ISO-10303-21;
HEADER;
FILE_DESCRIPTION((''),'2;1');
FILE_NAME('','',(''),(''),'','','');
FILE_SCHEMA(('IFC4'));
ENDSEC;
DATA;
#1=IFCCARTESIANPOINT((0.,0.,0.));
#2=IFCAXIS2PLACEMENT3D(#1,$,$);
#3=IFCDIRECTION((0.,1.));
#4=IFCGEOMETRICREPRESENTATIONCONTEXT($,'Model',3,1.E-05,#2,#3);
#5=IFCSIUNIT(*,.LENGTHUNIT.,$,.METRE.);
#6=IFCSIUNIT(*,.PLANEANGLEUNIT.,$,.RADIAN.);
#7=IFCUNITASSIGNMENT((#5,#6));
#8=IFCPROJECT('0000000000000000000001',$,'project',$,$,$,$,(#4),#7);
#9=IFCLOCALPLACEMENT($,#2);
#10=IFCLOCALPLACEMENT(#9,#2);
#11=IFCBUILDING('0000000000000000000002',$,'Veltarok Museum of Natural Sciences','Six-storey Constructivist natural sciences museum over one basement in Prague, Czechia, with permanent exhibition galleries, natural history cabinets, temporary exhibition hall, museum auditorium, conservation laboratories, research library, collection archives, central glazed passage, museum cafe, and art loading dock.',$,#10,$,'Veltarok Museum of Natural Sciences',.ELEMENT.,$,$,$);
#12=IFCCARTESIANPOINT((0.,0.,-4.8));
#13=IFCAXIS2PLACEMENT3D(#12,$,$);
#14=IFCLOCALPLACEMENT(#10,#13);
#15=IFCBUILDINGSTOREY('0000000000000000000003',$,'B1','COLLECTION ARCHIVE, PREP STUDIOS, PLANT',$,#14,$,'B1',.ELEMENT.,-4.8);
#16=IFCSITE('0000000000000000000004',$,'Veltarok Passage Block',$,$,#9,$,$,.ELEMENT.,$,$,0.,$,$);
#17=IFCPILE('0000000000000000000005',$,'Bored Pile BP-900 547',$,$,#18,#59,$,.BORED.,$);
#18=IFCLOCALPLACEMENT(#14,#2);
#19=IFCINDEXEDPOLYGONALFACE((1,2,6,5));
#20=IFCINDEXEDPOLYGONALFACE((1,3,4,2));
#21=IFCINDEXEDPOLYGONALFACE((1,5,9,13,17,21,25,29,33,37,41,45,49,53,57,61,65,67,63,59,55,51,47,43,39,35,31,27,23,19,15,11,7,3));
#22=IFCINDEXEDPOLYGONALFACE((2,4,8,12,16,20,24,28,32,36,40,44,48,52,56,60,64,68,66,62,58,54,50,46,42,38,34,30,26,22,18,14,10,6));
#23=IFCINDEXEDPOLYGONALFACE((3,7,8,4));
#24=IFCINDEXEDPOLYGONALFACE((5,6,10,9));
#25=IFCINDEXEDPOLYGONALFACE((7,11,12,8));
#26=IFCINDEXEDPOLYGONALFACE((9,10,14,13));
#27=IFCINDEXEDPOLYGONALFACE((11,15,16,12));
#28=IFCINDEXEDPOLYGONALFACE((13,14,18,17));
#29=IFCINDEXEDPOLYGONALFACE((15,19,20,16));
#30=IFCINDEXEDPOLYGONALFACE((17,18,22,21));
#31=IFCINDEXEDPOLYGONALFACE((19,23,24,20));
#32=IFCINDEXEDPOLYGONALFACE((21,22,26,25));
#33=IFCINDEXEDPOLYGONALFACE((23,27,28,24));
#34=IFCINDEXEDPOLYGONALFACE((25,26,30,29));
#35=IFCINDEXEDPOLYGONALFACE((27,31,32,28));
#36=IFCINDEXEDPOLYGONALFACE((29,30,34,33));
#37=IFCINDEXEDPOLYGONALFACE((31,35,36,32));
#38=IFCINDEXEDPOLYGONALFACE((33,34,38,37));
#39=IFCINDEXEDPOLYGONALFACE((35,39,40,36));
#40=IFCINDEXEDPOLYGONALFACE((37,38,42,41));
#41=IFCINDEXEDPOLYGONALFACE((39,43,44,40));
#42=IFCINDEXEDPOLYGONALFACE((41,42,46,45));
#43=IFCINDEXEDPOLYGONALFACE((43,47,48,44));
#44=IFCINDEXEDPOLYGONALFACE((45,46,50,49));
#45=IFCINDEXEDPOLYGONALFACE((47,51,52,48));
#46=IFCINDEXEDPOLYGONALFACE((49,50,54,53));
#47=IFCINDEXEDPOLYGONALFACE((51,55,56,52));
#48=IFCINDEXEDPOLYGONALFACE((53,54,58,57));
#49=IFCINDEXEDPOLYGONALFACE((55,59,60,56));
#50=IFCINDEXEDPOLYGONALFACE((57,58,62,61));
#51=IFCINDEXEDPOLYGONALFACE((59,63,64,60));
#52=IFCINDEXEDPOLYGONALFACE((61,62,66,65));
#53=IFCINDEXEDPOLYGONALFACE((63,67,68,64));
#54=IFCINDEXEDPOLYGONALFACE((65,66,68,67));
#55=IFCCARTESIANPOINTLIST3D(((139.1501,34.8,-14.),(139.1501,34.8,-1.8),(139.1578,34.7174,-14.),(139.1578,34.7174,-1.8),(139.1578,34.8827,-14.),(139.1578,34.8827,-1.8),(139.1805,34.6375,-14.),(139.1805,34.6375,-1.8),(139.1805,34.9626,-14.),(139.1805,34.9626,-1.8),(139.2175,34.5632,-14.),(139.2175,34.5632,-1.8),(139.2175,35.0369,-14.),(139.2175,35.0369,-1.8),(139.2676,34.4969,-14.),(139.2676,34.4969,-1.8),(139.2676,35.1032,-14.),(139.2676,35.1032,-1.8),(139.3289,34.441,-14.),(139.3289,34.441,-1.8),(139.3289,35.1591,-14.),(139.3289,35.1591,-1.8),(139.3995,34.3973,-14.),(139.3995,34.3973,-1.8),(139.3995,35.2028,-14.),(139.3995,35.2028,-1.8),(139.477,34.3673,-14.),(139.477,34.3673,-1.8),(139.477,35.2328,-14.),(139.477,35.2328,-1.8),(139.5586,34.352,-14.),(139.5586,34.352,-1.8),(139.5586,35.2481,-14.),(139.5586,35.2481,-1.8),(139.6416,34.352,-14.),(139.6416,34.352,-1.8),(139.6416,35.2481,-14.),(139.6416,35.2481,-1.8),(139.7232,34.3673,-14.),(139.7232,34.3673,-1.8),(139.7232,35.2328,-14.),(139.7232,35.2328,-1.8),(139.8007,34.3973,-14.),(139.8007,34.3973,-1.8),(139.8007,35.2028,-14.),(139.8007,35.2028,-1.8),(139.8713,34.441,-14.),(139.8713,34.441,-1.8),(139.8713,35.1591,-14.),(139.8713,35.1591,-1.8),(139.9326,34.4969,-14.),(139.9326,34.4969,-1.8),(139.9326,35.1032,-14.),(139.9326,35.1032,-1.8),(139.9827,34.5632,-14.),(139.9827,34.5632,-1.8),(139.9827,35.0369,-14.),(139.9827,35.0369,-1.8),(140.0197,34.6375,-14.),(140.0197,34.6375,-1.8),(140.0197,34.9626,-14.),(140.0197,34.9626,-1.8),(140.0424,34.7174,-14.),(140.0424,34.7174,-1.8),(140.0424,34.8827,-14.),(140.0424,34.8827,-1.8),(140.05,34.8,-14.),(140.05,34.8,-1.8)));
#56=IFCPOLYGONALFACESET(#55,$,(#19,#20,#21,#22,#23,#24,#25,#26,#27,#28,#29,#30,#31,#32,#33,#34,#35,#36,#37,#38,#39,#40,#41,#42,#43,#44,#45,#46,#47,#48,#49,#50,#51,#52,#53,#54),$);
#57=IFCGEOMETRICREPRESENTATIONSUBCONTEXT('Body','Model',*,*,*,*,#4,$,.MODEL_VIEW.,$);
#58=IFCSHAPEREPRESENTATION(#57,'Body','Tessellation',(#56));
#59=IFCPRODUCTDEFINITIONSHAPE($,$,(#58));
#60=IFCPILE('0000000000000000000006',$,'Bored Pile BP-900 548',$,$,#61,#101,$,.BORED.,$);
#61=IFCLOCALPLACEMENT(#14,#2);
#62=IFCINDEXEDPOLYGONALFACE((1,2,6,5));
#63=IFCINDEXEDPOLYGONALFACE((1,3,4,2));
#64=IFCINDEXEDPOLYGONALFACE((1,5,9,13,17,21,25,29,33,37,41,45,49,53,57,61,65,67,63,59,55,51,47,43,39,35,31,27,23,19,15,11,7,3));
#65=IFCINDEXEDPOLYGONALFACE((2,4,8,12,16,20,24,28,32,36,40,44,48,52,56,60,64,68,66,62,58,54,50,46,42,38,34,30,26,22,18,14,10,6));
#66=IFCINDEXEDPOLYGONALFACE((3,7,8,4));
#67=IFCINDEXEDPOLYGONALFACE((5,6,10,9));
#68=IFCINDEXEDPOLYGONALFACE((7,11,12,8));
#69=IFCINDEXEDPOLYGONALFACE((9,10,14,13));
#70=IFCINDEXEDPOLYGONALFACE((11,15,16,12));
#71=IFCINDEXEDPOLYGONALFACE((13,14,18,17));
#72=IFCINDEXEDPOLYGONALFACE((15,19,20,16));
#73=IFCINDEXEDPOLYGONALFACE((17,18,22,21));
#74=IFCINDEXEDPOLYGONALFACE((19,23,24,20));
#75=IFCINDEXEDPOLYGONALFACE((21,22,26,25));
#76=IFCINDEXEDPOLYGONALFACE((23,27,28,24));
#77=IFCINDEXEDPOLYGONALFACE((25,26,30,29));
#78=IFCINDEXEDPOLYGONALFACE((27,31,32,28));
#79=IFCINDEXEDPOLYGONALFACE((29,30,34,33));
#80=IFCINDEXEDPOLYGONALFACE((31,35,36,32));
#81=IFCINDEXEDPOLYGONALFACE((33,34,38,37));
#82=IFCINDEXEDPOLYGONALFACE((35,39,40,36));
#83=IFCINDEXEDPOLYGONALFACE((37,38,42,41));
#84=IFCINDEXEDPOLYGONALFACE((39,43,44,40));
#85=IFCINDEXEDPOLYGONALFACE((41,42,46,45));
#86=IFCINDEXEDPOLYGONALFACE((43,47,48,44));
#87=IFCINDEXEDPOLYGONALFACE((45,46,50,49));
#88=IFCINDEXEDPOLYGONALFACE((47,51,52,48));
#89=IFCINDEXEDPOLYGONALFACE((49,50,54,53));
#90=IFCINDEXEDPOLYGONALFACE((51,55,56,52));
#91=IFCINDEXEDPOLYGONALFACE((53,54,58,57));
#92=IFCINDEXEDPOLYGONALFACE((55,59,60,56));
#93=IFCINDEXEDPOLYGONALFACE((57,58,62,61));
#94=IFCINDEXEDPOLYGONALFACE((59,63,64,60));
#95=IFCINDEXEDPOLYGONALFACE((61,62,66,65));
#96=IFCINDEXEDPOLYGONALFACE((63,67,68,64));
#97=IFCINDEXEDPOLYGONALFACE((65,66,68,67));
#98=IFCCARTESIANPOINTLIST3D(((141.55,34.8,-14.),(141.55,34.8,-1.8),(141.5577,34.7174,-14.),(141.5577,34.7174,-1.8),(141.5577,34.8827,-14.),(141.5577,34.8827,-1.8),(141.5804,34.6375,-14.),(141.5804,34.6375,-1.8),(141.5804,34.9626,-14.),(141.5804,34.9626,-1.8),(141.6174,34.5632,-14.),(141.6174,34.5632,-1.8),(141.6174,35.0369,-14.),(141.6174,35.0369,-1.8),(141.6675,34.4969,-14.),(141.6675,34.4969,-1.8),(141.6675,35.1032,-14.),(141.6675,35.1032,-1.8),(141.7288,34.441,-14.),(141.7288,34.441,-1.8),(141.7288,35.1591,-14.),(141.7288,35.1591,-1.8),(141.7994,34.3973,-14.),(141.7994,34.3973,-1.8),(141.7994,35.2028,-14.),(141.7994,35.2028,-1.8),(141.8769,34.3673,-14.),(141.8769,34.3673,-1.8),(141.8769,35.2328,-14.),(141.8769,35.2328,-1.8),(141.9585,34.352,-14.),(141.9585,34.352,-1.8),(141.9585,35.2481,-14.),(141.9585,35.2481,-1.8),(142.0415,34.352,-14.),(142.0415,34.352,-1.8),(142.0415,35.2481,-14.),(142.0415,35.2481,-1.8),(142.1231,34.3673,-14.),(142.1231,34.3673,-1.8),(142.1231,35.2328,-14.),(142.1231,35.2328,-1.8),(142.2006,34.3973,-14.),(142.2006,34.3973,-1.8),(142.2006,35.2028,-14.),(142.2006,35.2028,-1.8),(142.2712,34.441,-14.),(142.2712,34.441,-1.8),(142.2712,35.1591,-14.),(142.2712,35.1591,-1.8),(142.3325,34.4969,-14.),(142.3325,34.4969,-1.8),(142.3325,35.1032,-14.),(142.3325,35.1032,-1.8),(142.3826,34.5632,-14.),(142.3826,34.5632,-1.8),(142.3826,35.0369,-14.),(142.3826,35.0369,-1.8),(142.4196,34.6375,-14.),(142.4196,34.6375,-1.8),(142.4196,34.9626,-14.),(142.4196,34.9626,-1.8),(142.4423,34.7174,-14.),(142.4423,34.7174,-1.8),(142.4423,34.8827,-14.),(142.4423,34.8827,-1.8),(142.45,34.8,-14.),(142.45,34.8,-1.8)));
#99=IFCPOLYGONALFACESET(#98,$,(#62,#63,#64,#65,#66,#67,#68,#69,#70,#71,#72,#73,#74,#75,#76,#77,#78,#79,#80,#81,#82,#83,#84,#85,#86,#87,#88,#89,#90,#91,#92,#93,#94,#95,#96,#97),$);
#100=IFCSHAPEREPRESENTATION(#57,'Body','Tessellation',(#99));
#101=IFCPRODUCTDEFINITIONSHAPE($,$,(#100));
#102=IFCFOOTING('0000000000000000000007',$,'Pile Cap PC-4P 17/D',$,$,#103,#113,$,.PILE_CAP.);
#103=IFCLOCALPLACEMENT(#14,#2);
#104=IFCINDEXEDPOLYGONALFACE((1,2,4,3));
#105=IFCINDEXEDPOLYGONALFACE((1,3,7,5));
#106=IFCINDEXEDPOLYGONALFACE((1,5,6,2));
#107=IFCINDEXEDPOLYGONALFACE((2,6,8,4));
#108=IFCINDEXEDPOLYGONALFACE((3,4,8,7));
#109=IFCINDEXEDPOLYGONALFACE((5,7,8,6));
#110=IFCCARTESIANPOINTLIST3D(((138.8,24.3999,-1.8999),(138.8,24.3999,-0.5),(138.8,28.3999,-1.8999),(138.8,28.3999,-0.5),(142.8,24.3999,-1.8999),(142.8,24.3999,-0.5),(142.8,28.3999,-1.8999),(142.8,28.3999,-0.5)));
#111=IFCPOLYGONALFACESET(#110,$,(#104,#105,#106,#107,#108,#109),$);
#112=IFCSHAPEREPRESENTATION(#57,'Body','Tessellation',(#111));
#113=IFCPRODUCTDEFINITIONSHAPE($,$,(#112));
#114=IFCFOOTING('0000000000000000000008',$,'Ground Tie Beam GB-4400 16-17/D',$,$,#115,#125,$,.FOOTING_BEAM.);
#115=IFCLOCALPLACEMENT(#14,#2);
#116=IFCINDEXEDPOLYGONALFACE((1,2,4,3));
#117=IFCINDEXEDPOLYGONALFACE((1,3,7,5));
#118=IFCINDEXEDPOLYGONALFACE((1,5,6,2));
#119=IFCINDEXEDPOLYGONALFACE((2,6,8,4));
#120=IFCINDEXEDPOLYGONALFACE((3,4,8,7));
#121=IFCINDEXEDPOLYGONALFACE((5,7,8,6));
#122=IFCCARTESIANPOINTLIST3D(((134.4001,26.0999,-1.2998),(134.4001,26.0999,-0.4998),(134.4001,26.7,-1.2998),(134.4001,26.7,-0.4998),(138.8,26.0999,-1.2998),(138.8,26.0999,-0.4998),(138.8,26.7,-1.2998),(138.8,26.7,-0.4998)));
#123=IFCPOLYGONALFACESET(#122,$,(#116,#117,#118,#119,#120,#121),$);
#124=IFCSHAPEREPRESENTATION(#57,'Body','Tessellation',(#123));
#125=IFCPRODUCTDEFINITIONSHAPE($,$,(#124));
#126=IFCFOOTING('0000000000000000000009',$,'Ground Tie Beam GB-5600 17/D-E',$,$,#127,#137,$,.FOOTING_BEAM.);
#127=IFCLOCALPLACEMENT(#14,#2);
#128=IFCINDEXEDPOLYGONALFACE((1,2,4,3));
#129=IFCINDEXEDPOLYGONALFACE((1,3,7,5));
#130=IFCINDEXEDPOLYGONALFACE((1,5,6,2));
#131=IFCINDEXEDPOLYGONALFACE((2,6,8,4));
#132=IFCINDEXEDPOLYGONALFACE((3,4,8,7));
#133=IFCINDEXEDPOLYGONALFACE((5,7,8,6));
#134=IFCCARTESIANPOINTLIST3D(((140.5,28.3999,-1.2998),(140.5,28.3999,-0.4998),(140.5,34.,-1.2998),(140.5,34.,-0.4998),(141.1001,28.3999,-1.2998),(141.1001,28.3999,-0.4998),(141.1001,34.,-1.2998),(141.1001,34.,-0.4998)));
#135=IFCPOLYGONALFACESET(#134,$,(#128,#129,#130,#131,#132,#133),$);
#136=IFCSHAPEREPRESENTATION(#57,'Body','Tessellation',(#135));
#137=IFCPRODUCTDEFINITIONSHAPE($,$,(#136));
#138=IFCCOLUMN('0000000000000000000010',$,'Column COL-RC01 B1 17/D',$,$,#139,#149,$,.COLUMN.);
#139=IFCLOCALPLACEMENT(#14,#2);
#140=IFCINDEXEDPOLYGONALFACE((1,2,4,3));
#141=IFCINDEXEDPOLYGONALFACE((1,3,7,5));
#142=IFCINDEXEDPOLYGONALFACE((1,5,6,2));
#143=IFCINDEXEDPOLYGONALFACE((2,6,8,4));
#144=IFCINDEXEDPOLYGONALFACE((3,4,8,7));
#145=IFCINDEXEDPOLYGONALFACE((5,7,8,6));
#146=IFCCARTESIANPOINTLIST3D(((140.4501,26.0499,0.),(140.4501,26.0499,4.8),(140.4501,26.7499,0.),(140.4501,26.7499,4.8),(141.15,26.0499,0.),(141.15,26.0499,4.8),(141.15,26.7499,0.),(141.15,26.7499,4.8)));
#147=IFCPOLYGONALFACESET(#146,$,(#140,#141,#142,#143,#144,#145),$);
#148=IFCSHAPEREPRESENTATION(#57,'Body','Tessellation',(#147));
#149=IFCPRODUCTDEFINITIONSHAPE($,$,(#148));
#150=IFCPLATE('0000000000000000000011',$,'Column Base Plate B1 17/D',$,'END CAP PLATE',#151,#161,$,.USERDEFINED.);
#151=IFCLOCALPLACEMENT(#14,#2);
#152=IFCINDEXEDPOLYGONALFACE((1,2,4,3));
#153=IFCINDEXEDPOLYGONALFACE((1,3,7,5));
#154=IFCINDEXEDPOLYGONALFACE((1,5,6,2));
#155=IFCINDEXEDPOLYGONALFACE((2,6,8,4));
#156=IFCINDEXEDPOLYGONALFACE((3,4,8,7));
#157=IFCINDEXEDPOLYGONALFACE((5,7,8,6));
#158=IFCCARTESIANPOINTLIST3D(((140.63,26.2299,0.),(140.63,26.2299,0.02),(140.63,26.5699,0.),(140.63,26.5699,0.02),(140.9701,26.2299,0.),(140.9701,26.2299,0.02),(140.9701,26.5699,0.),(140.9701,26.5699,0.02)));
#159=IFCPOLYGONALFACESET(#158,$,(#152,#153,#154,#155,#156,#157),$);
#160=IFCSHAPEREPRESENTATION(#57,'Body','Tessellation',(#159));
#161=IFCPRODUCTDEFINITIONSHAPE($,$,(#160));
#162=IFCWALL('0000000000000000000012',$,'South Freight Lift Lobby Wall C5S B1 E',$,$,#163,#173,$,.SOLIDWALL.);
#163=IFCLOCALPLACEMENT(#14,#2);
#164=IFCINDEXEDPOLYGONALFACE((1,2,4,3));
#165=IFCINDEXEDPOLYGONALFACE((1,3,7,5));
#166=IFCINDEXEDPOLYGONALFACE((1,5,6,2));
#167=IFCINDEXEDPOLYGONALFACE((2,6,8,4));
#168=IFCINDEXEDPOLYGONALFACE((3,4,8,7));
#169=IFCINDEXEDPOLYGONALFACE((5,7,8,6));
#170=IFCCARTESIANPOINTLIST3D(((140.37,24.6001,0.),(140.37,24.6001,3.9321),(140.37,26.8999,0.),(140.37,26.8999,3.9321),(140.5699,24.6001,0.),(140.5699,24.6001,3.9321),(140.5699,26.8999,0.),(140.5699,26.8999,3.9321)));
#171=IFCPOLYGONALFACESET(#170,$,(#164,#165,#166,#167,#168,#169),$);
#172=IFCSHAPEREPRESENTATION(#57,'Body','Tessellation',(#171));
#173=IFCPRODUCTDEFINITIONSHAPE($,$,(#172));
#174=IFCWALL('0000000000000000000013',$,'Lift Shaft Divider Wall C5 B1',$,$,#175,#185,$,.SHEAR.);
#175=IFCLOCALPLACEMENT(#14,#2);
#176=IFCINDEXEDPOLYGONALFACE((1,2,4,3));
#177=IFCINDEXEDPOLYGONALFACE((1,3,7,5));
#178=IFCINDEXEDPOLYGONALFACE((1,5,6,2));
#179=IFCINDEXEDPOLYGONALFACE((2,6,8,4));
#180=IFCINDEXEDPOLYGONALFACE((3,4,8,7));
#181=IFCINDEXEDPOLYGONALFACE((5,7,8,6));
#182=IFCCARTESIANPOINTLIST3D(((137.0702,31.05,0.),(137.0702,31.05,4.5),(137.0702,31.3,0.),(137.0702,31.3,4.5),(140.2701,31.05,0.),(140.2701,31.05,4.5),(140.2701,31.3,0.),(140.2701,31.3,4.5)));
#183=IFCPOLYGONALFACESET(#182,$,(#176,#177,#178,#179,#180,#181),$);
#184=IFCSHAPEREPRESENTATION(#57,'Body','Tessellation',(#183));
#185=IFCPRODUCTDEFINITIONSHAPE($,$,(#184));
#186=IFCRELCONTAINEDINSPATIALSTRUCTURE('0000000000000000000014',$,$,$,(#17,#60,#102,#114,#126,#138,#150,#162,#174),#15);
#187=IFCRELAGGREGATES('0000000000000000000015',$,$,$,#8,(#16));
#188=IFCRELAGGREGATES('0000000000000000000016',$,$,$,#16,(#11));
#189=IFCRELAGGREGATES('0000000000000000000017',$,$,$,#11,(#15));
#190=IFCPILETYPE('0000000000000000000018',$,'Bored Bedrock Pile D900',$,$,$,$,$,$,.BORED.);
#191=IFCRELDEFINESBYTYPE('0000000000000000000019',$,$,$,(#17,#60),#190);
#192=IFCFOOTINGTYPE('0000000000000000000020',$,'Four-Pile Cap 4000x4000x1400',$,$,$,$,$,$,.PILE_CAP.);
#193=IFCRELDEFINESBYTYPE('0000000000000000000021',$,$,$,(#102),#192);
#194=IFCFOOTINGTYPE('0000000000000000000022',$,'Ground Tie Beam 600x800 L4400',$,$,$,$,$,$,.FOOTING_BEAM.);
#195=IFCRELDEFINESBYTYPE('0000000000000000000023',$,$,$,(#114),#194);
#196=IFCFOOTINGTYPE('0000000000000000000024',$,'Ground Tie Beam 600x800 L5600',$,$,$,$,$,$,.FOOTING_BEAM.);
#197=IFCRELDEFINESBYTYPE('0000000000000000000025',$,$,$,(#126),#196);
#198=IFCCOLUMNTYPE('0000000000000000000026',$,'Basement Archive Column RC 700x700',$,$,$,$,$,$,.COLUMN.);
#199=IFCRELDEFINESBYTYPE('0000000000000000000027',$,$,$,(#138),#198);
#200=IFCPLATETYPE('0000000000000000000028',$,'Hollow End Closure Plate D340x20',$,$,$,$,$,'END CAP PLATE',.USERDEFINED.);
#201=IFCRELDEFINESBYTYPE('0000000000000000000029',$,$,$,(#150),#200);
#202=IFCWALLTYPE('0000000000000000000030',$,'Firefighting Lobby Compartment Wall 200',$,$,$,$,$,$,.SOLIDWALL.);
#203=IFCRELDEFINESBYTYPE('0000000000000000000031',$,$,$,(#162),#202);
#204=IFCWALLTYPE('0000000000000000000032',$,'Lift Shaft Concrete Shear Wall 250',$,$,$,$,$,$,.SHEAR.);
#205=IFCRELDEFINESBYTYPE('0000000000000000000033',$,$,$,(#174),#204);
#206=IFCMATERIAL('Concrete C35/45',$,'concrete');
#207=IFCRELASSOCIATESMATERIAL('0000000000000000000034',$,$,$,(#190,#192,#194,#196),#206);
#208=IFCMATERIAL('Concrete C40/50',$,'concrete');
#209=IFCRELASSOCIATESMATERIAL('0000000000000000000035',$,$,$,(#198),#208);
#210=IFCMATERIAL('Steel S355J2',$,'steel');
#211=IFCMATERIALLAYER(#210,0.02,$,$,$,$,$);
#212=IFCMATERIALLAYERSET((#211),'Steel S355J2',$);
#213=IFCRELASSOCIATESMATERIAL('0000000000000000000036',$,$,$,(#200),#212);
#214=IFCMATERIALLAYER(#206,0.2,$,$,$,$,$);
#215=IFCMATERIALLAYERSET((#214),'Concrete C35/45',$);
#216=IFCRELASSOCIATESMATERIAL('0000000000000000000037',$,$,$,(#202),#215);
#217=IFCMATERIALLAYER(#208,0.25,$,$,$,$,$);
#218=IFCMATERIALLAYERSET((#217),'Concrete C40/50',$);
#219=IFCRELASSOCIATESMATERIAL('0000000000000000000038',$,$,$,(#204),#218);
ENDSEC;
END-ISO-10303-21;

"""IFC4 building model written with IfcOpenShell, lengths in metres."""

from ifc_helpers import new_model, si_unit, direction, frame, frame_2d, origin, origin_2d, place, context, subcontext, project, spatial, rectangle, circle, extrude, material, layer, layer_set, material_profile, profile_set, type_object, element, save


model = new_model("IFC4")

# Units and contexts
model_context = context("Model", 3, precision=1e-05, world=origin(), true_north=direction((0.0, 1.0)))
body_context = subcontext(model_context, "Body", "Model", "MODEL_VIEW")
ifc_project = project(units=[si_unit("LENGTHUNIT", "METRE"), si_unit("PLANEANGLEUNIT", "RADIAN")], contexts=[model_context])

# Site, building, storey
site_placement = place(None, origin())
site = spatial("IfcSite", under=ifc_project, at=site_placement, Name="Veltarok Passage Block", CompositionType="ELEMENT", RefElevation=0.0)
building_placement = place(site_placement, origin())
building = spatial("IfcBuilding", under=site, at=building_placement, Name="Veltarok Museum of Natural Sciences", Description="Six-storey Constructivist natural sciences museum over one basement in Prague, Czechia, with permanent exhibition galleries, natural history cabinets, temporary exhibition hall, museum auditorium, conservation laboratories, research library, collection archives, central glazed passage, museum cafe, and art loading dock.", LongName="Veltarok Museum of Natural Sciences", CompositionType="ELEMENT")
storey_placement = place(building_placement, frame((0.0, 0.0, -4.8)))
storey = spatial("IfcBuildingStorey", under=building, at=storey_placement, Name="B1", Description="COLLECTION ARCHIVE, PREP STUDIOS, PLANT", LongName="B1", CompositionType="ELEMENT", Elevation=-4.8)

# Piles
ifc_material_1 = material(Name="Concrete C35/45", Category="concrete")
ifc_material_profile_1 = material_profile(ifc_material_1, circle(Radius=0.45, at=origin_2d()), Name="BP D900")
ifc_profile_set_1 = profile_set([ifc_material_profile_1], Name="Concrete C35/45")
pile_type = type_object("IfcPileType", Name="Bored Bedrock Pile D900", PredefinedType="BORED", material=ifc_profile_set_1)
for number, where, z_axis, x_axis, name in (
    (1, (139.6001, 34.8, -1.8), (0.0, 0.0, -1.0), (1.0, 0.0, 0.0), "Bored Pile BP-900 547"),
    (2, (142.0, 34.8, -1.8), (0.0, 0.0, -1.0), (1.0, 0.0, 0.0), "Bored Pile BP-900 548"),
):
    element("IfcPile", number, at=place(storey_placement, frame(where, z_axis=z_axis, x_axis=x_axis)), inside=storey, type_object=pile_type, Name=name, PredefinedType="BORED", context=body_context, shape_type="SweptSolid", body=[
        extrude(circle(Radius=0.45, at=origin_2d()), origin(), (0.0, 0.0, 1.0), 12.2),
    ])

# Footings
footing_type_1 = type_object("IfcFootingType", Name="Four-Pile Cap 4000x4000x1400", PredefinedType="PILE_CAP", material=ifc_material_1)
footing_1_placement = place(storey_placement, frame((140.8, 26.3999, -1.8999), z_axis=(0.0, 0.0, 1.0), x_axis=(1.0, 0.0, 0.0)))
element("IfcFooting", 3, at=footing_1_placement, inside=storey, type_object=footing_type_1, Name="Pile Cap PC-4P 17/D", PredefinedType="PILE_CAP", context=body_context, shape_type="SweptSolid", body=[
    extrude(rectangle(XDim=4.0, YDim=4.0, at=origin_2d()), origin(), (0.0, 0.0, 1.0), 1.3999),
])
footing_type_2 = type_object("IfcFootingType", Name="Ground Tie Beam 600x800 L4400", PredefinedType="FOOTING_BEAM", material=ifc_material_1)
footing_2_placement = place(storey_placement, frame((136.6001, 26.3999, -1.2998), z_axis=(0.0, 0.0, 1.0), x_axis=(1.0, 0.0, 0.0)))
element("IfcFooting", 4, at=footing_2_placement, inside=storey, type_object=footing_type_2, Name="Ground Tie Beam GB-4400 16-17/D", PredefinedType="FOOTING_BEAM", context=body_context, shape_type="SweptSolid", body=[
    extrude(rectangle(XDim=4.3999, YDim=0.6001, at=origin_2d()), origin(), (0.0, 0.0, 1.0), 0.8),
])
footing_type_3 = type_object("IfcFootingType", Name="Ground Tie Beam 600x800 L5600", PredefinedType="FOOTING_BEAM", material=ifc_material_1)
footing_3_placement = place(storey_placement, frame((140.8, 31.2, -1.2998), z_axis=(0.0, 0.0, 1.0), x_axis=(0.0, 1.0, 0.0)))
element("IfcFooting", 5, at=footing_3_placement, inside=storey, type_object=footing_type_3, Name="Ground Tie Beam GB-5600 17/D-E", PredefinedType="FOOTING_BEAM", context=body_context, shape_type="SweptSolid", body=[
    extrude(rectangle(XDim=5.6001, YDim=0.6001, at=origin_2d()), origin(), (0.0, 0.0, 1.0), 0.8),
])

# Column
ifc_material_2 = material(Name="Concrete C40/50", Category="concrete")
ifc_material_profile_2 = material_profile(ifc_material_2, rectangle(XDim=0.7, YDim=0.7, at=origin_2d()), Name="RC 700x700")
ifc_profile_set_2 = profile_set([ifc_material_profile_2], Name="Concrete C40/50")
column_type = type_object("IfcColumnType", Name="Basement Archive Column RC 700x700", PredefinedType="COLUMN", material=ifc_profile_set_2)
column_placement = place(storey_placement, frame((140.8, 26.3999, 0.0), z_axis=(0.0, 0.0, 1.0), x_axis=(1.0, 0.0, 0.0)))
element("IfcColumn", 6, at=column_placement, inside=storey, type_object=column_type, Name="Column COL-RC01 B1 17/D", PredefinedType="COLUMN", context=body_context, shape_type="SweptSolid", body=[
    extrude(rectangle(XDim=0.7, YDim=0.7, at=origin_2d()), origin(), (0.0, 0.0, 1.0), 4.8),
])

# Plate
ifc_material_3 = material(Name="Steel S355J2", Category="steel")
ifc_layer_1 = layer(ifc_material_3, 0.02)
ifc_layer_set_1 = layer_set([ifc_layer_1], Name="Steel S355J2")
plate_type = type_object("IfcPlateType", Name="Hollow End Closure Plate D340x20", ElementType="END CAP PLATE", PredefinedType="USERDEFINED", material=ifc_layer_set_1)
plate_placement = place(storey_placement, frame((140.8, 26.3999, 0.0), z_axis=(0.0, 0.0, 1.0), x_axis=(1.0, 0.0, 0.0)))
element("IfcPlate", 7, at=plate_placement, inside=storey, type_object=plate_type, Name="Column Base Plate B1 17/D", ObjectType="END CAP PLATE", PredefinedType="USERDEFINED", context=body_context, shape_type="SweptSolid", body=[
    extrude(rectangle(XDim=0.3401, YDim=0.3401, at=origin_2d()), origin(), (0.0, 0.0, 1.0), 0.02),
])

# Walls
ifc_layer_2 = layer(ifc_material_1, 0.2)
ifc_layer_set_2 = layer_set([ifc_layer_2], Name="Concrete C35/45")
wall_type_1 = type_object("IfcWallType", Name="Firefighting Lobby Compartment Wall 200", PredefinedType="SOLIDWALL", material=ifc_layer_set_2)
wall_1_placement = place(storey_placement, frame((140.47, 26.8999, 0.0), z_axis=(0.0, 0.0, 1.0), x_axis=(0.0, -1.0, 0.0)))
element("IfcWall", 8, at=wall_1_placement, inside=storey, type_object=wall_type_1, Name="South Freight Lift Lobby Wall C5S B1 E", PredefinedType="SOLIDWALL", context=body_context, shape_type="SweptSolid", body=[
    extrude(rectangle(XDim=2.2998, YDim=0.2, at=frame_2d((1.1499, 0.0))), origin(), (0.0, 0.0, 1.0), 3.9321),
])
ifc_layer_3 = layer(ifc_material_2, 0.25)
ifc_layer_set_3 = layer_set([ifc_layer_3], Name="Concrete C40/50")
wall_type_2 = type_object("IfcWallType", Name="Lift Shaft Concrete Shear Wall 250", PredefinedType="SHEAR", material=ifc_layer_set_3)
wall_2_placement = place(storey_placement, frame((137.0701, 31.175, 0.0), z_axis=(0.0, 0.0, 1.0), x_axis=(1.0, 0.0, 0.0)))
element("IfcWall", 9, at=wall_2_placement, inside=storey, type_object=wall_type_2, Name="Lift Shaft Divider Wall C5 B1", PredefinedType="SHEAR", context=body_context, shape_type="SweptSolid", body=[
    extrude(rectangle(XDim=3.2, YDim=0.25, at=frame_2d((1.6001, 0.0))), origin(), (0.0, 0.0, 1.0), 4.5),
])

save(model, "model.ifc")
